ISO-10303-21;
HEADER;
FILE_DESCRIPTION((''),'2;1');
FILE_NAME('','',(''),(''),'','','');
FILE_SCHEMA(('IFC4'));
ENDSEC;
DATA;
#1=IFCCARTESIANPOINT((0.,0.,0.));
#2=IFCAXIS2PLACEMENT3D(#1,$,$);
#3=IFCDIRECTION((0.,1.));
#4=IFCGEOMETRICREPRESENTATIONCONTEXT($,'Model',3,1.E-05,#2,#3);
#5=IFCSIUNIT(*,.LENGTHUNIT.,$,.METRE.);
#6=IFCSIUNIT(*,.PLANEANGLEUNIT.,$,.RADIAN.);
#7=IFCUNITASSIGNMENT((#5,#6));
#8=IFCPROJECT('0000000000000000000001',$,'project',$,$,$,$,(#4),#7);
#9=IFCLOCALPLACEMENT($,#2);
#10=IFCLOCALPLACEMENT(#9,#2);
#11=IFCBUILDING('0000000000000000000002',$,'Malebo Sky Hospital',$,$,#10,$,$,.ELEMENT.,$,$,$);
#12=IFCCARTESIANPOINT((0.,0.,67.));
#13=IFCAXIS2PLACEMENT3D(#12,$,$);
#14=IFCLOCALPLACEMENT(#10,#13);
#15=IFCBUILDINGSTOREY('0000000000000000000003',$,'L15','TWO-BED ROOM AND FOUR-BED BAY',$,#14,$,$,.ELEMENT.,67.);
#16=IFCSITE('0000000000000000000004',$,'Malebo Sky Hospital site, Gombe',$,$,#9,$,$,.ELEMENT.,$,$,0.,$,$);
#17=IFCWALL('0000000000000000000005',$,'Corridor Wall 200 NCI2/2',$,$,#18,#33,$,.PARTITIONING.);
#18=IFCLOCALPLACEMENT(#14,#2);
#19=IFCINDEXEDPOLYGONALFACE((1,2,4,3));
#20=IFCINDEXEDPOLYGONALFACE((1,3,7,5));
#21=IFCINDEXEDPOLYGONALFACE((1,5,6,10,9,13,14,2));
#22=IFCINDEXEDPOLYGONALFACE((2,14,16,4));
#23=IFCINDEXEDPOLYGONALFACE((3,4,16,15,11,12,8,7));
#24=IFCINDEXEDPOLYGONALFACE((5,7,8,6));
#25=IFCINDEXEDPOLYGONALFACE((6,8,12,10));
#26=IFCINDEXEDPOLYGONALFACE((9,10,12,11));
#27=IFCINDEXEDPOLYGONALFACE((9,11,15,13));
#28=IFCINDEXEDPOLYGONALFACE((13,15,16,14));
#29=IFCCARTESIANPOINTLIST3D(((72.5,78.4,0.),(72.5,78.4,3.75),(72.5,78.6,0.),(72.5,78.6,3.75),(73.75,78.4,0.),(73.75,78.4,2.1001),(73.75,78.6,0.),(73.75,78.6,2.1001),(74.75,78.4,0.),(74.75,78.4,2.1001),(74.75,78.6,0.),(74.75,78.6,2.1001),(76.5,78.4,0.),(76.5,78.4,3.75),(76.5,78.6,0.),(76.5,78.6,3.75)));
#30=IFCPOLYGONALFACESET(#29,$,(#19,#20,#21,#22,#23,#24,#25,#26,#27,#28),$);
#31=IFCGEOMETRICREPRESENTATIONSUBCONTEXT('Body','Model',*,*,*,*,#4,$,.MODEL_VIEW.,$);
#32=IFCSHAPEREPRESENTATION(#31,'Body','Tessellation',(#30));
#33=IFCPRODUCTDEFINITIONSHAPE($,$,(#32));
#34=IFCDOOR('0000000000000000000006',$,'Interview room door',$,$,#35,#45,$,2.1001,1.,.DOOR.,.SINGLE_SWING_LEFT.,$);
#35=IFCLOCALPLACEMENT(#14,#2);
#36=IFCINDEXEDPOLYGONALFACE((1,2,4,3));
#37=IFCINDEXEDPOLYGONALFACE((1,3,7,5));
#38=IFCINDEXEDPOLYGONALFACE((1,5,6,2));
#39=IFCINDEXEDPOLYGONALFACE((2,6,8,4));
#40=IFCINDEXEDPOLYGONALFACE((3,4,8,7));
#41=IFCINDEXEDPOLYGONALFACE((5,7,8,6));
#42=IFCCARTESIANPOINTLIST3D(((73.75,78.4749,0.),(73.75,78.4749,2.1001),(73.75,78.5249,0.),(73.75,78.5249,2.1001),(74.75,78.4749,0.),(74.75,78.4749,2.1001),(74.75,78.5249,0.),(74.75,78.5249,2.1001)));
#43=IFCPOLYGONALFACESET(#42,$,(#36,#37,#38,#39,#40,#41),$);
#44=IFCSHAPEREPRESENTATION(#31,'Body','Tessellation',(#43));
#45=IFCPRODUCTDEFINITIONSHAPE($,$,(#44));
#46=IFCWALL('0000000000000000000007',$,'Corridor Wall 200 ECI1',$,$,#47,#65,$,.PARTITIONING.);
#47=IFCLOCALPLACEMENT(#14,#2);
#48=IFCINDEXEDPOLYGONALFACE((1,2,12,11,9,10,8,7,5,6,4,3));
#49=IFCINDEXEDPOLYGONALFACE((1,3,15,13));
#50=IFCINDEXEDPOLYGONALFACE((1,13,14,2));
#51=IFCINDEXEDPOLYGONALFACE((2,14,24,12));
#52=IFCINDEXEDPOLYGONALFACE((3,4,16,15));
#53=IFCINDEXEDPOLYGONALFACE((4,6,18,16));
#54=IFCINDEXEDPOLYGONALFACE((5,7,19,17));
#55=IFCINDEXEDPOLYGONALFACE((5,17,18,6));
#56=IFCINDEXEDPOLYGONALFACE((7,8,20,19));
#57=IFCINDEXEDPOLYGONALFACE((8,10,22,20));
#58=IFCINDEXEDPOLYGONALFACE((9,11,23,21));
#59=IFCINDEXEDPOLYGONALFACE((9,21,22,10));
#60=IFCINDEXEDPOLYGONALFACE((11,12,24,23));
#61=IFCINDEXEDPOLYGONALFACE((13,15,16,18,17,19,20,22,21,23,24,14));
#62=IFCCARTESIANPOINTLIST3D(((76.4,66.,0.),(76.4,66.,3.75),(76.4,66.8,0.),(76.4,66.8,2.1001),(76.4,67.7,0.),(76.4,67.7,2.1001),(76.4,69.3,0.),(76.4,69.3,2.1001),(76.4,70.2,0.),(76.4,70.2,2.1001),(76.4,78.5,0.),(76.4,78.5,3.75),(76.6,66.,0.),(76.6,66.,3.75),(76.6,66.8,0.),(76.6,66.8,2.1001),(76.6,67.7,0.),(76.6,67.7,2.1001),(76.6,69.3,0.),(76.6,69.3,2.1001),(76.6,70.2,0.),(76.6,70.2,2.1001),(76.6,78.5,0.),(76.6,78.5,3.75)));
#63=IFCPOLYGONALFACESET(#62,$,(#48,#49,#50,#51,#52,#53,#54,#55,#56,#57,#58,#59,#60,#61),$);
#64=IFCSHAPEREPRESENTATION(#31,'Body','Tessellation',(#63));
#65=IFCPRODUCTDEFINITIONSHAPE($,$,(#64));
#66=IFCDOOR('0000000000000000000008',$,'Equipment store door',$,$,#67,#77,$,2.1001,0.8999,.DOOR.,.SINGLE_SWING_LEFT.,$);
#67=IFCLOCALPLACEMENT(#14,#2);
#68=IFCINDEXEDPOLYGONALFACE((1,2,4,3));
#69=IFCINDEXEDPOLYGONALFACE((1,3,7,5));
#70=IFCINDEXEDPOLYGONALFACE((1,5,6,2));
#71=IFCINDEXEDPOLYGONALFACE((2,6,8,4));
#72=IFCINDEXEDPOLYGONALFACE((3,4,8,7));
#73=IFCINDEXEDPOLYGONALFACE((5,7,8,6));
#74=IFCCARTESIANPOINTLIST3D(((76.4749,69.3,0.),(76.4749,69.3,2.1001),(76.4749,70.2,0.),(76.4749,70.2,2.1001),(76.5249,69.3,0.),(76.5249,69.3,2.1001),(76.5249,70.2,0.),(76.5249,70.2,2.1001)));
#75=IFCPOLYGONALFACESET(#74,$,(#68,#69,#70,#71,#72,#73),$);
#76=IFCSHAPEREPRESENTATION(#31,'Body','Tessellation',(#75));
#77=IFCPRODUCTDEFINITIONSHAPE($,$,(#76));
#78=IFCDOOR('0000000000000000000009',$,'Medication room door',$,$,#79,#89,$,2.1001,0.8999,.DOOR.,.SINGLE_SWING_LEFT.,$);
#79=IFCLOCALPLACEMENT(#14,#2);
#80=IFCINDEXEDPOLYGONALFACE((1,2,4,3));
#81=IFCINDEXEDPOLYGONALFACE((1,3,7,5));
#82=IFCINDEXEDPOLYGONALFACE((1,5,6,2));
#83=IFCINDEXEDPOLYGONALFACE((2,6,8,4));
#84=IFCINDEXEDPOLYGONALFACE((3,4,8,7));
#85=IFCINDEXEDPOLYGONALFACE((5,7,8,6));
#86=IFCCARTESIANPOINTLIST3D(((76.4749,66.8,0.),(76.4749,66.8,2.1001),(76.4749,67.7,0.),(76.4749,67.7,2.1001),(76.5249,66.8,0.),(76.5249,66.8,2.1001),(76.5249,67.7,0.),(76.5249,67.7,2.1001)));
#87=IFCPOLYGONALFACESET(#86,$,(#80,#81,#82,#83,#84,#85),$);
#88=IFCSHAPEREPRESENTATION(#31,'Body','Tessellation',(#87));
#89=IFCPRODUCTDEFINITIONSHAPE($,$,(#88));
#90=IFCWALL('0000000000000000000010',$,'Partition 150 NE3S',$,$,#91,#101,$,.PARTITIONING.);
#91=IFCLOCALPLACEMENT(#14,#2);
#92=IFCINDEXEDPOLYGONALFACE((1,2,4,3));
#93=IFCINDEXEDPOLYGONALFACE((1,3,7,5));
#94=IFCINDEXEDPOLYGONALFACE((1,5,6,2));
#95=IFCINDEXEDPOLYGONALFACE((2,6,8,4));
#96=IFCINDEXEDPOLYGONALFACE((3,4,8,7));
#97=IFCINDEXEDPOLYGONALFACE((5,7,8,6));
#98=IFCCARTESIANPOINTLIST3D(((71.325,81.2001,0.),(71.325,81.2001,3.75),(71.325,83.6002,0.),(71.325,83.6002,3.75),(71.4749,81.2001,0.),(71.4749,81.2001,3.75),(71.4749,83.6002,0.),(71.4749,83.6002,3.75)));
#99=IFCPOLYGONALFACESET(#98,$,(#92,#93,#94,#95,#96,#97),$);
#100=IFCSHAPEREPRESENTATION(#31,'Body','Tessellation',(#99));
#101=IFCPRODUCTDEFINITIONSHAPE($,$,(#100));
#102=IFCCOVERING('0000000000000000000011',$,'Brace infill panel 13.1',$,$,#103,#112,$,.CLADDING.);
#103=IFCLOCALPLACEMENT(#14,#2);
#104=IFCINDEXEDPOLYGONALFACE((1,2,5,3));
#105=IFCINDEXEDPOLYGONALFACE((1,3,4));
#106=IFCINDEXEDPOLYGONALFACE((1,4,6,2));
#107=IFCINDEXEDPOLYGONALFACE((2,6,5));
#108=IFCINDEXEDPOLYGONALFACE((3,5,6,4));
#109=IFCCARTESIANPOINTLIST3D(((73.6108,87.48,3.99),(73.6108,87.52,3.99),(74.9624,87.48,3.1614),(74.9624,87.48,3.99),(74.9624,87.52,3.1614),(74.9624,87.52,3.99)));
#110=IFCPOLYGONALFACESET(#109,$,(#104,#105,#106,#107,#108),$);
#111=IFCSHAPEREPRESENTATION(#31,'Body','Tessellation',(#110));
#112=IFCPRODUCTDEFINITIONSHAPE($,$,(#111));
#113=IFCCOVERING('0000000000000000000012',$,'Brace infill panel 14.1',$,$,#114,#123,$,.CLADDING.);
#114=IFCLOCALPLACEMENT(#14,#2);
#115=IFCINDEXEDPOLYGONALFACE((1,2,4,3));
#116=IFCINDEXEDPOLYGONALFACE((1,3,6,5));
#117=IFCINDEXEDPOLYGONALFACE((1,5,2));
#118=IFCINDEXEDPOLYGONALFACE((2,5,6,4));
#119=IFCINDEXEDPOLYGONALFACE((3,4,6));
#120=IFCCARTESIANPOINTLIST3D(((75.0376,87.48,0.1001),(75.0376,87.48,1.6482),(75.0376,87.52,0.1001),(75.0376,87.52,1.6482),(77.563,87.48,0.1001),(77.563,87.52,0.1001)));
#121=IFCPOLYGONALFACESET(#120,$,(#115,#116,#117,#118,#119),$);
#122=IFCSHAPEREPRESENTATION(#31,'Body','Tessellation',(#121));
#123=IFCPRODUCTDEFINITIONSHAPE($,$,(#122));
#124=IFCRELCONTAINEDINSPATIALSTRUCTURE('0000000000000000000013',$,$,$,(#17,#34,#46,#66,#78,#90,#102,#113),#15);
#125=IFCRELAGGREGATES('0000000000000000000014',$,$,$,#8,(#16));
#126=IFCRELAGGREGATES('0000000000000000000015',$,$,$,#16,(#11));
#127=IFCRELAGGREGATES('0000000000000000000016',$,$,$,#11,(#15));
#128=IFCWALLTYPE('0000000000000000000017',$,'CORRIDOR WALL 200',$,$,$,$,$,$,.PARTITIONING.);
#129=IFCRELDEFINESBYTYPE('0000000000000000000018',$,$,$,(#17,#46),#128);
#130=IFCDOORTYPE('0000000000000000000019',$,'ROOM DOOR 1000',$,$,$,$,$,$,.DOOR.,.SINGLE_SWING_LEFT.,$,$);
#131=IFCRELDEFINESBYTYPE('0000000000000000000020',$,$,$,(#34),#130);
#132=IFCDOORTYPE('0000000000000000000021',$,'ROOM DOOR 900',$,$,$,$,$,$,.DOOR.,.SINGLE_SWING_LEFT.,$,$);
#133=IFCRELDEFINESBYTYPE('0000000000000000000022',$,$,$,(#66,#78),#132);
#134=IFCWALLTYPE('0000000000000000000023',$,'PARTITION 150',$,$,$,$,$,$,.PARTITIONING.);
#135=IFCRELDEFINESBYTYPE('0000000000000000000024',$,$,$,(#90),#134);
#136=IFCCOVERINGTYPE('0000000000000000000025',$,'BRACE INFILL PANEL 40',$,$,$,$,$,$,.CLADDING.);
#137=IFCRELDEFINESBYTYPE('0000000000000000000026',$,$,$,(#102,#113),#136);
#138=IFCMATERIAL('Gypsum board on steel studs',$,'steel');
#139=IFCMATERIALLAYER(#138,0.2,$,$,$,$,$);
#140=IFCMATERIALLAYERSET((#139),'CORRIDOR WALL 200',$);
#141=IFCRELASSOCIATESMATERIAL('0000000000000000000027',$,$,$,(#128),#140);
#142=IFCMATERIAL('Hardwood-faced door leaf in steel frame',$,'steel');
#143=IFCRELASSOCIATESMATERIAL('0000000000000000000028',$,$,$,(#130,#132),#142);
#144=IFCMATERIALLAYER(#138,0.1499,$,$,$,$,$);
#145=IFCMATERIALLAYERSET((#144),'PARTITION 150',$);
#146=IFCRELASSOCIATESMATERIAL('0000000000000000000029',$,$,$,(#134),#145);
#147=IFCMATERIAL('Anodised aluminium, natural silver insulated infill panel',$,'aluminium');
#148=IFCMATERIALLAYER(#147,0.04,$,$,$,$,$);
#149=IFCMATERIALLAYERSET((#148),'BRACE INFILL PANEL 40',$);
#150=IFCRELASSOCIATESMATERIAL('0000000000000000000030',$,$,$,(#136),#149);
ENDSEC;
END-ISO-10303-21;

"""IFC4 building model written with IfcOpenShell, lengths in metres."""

from ifc_helpers import new_model, si_unit, direction, frame, frame_2d, origin, place, context, subcontext, project, spatial, polyline, rectangle, outline, extrude, material, layer, layer_set, type_object, element, fill, save


model = new_model("IFC4")

# Units and contexts
model_context = context("Model", 3, precision=1e-05, world=origin(), true_north=direction((0.0, 1.0)))
body_context = subcontext(model_context, "Body", "Model", "MODEL_VIEW")
ifc_project = project(units=[si_unit("LENGTHUNIT", "METRE"), si_unit("PLANEANGLEUNIT", "RADIAN")], contexts=[model_context])

# Site, building, storey
site_placement = place(None, origin())
site = spatial("IfcSite", under=ifc_project, at=site_placement, Name="Malebo Sky Hospital site, Gombe", CompositionType="ELEMENT", RefElevation=0.0)
building_placement = place(site_placement, origin())
building = spatial("IfcBuilding", under=site, at=building_placement, Name="Malebo Sky Hospital", CompositionType="ELEMENT")
storey_placement = place(building_placement, frame((0.0, 0.0, 67.0)))
storey = spatial("IfcBuildingStorey", under=building, at=storey_placement, Name="L15", Description="TWO-BED ROOM AND FOUR-BED BAY", CompositionType="ELEMENT", Elevation=67.0)

# Wall, opening, door
ifc_material_1 = material(Name="Gypsum board on steel studs", Category="steel")
ifc_layer_1 = layer(ifc_material_1, 0.2)
ifc_layer_set_1 = layer_set([ifc_layer_1], Name="CORRIDOR WALL 200")
wall_type_1 = type_object("IfcWallType", Name="CORRIDOR WALL 200", PredefinedType="PARTITIONING", material=ifc_layer_set_1)
wall_1_placement = place(storey_placement, frame((72.5, 78.5, 0.0), z_axis=(0.0, 0.0, 1.0), x_axis=(1.0, 0.0, 0.0)))
wall_1 = element("IfcWall", 1, at=wall_1_placement, inside=storey, type_object=wall_type_1, Name="Corridor Wall 200 NCI2/2", PredefinedType="PARTITIONING", context=body_context, shape_type="SweptSolid", body=[
    extrude(rectangle(XDim=4.0, YDim=0.2, at=frame_2d((2.0, 0.0))), origin(), (0.0, 0.0, 1.0), 3.75),
])
opening_1_placement = place(wall_1_placement, frame((1.25, 0.0, 0.0)))
opening_1 = element("IfcOpeningElement", 2, at=opening_1_placement, cuts=wall_1, PredefinedType="OPENING", context=body_context, shape_type="SweptSolid", body=[
    extrude(rectangle(XDim=1.0, YDim=2.1001, at=frame_2d((0.5, 1.05))), frame((0.0, 0.1099, 0.0), z_axis=(0.0, -1.0, 0.0), x_axis=(1.0, 0.0, 0.0)), (0.0, 0.0, 1.0), 0.22),
])
ifc_material_2 = material(Name="Hardwood-faced door leaf in steel frame", Category="steel")
door_type_1 = type_object("IfcDoorType", Name="ROOM DOOR 1000", OperationType="SINGLE_SWING_LEFT", PredefinedType="DOOR", material=ifc_material_2)
door_1_placement = place(opening_1_placement, origin())
door_1 = element("IfcDoor", 3, at=door_1_placement, inside=storey, type_object=door_type_1, Name="Interview room door", OperationType="SINGLE_SWING_LEFT", OverallHeight=2.1001, OverallWidth=1.0, PredefinedType="DOOR", context=body_context, shape_type="SweptSolid", body=[
    extrude(rectangle(XDim=1.0, YDim=2.1001, at=frame_2d((0.5, 1.05))), frame((0.0, 0.0249, 0.0), z_axis=(0.0, -1.0, 0.0), x_axis=(1.0, 0.0, 0.0)), (0.0, 0.0, 1.0), 0.05),
])
fill(opening_1, door_1)

# Wall, openings, doors
wall_2_placement = place(storey_placement, frame((76.5, 78.5, 0.0), z_axis=(0.0, 0.0, 1.0), x_axis=(0.0, -1.0, 0.0)))
wall_2 = element("IfcWall", 4, at=wall_2_placement, inside=storey, type_object=wall_type_1, Name="Corridor Wall 200 ECI1", PredefinedType="PARTITIONING", context=body_context, shape_type="SweptSolid", body=[
    extrude(rectangle(XDim=12.5, YDim=0.2, at=frame_2d((6.25, 0.0))), origin(), (0.0, 0.0, 1.0), 3.75),
])
opening_2_placement = place(wall_2_placement, frame((8.3, 0.0, 0.0)))
opening_2 = element("IfcOpeningElement", 5, at=opening_2_placement, cuts=wall_2, PredefinedType="OPENING", context=body_context, shape_type="SweptSolid", body=[
    extrude(rectangle(XDim=0.8999, YDim=2.1001, at=frame_2d((0.45, 1.05))), frame((0.0, 0.1099, 0.0), z_axis=(0.0, -1.0, 0.0), x_axis=(1.0, 0.0, 0.0)), (0.0, 0.0, 1.0), 0.22),
])
opening_3_placement = place(wall_2_placement, frame((10.8, 0.0, 0.0)))
opening_3 = element("IfcOpeningElement", 6, at=opening_3_placement, cuts=wall_2, PredefinedType="OPENING", context=body_context, shape_type="SweptSolid", body=[
    extrude(rectangle(XDim=0.8999, YDim=2.1001, at=frame_2d((0.45, 1.05))), frame((0.0, 0.1099, 0.0), z_axis=(0.0, -1.0, 0.0), x_axis=(1.0, 0.0, 0.0)), (0.0, 0.0, 1.0), 0.22),
])
door_type_2 = type_object("IfcDoorType", Name="ROOM DOOR 900", OperationType="SINGLE_SWING_LEFT", PredefinedType="DOOR", material=ifc_material_2)
door_2_placement = place(opening_2_placement, origin())
door_2 = element("IfcDoor", 7, at=door_2_placement, inside=storey, type_object=door_type_2, Name="Equipment store door", OperationType="SINGLE_SWING_LEFT", OverallHeight=2.1001, OverallWidth=0.8999, PredefinedType="DOOR", context=body_context, shape_type="SweptSolid", body=[
    extrude(rectangle(XDim=0.8999, YDim=2.1001, at=frame_2d((0.45, 1.05))), frame((0.0, 0.0249, 0.0), z_axis=(0.0, -1.0, 0.0), x_axis=(1.0, 0.0, 0.0)), (0.0, 0.0, 1.0), 0.05),
])
fill(opening_2, door_2)
door_3_placement = place(opening_3_placement, origin())
door_3 = element("IfcDoor", 8, at=door_3_placement, inside=storey, type_object=door_type_2, Name="Medication room door", OperationType="SINGLE_SWING_LEFT", OverallHeight=2.1001, OverallWidth=0.8999, PredefinedType="DOOR", context=body_context, shape_type="SweptSolid", body=[
    extrude(rectangle(XDim=0.8999, YDim=2.1001, at=frame_2d((0.45, 1.05))), frame((0.0, 0.0249, 0.0), z_axis=(0.0, -1.0, 0.0), x_axis=(1.0, 0.0, 0.0)), (0.0, 0.0, 1.0), 0.05),
])
fill(opening_3, door_3)

# Wall
ifc_layer_2 = layer(ifc_material_1, 0.1499)
ifc_layer_set_2 = layer_set([ifc_layer_2], Name="PARTITION 150")
wall_type_2 = type_object("IfcWallType", Name="PARTITION 150", PredefinedType="PARTITIONING", material=ifc_layer_set_2)
wall_3_placement = place(storey_placement, frame((71.3999, 81.2, 0.0), z_axis=(0.0, 0.0, 1.0), x_axis=(0.0, 1.0, 0.0)))
element("IfcWall", 9, at=wall_3_placement, inside=storey, type_object=wall_type_2, Name="Partition 150 NE3S", PredefinedType="PARTITIONING", context=body_context, shape_type="SweptSolid", body=[
    extrude(rectangle(XDim=2.4001, YDim=0.1499, at=frame_2d((1.2002, 0.0))), origin(), (0.0, 0.0, 1.0), 3.75),
])

# Coverings
ifc_material_3 = material(Name="Anodised aluminium, natural silver insulated infill panel", Category="aluminium")
ifc_layer_3 = layer(ifc_material_3, 0.04)
ifc_layer_set_3 = layer_set([ifc_layer_3], Name="BRACE INFILL PANEL 40")
covering_type = type_object("IfcCoveringType", Name="BRACE INFILL PANEL 40", PredefinedType="CLADDING", material=ifc_layer_set_3)
covering_1_placement = place(storey_placement, frame((74.2866, 87.5, 3.1614), z_axis=(0.0, 0.0, 1.0), x_axis=(1.0, 0.0, 0.0)))
element("IfcCovering", 10, at=covering_1_placement, inside=storey, type_object=covering_type, Name="Brace infill panel 13.1", PredefinedType="CLADDING", context=body_context, shape_type="SweptSolid", body=[
    extrude(outline(polyline([(0.6758, 0.0), (0.6758, 0.8286), (-0.6758, 0.8286), (0.6758, 0.0)])), frame((0.0, 0.02, 0.0), z_axis=(0.0, -1.0, 0.0), x_axis=(1.0, 0.0, 0.0)), (0.0, 0.0, 1.0), 0.04),
])
covering_2_placement = place(storey_placement, frame((76.3003, 87.5, 0.1001), z_axis=(0.0, 0.0, 1.0), x_axis=(1.0, 0.0, 0.0)))
element("IfcCovering", 11, at=covering_2_placement, inside=storey, type_object=covering_type, Name="Brace infill panel 14.1", PredefinedType="CLADDING", context=body_context, shape_type="SweptSolid", body=[
    extrude(outline(polyline([(-1.2627, 0.0), (1.2627, 0.0), (-1.2627, 1.5481), (-1.2627, 0.0)])), frame((0.0, 0.02, 0.0), z_axis=(0.0, -1.0, 0.0), x_axis=(1.0, 0.0, 0.0)), (0.0, 0.0, 1.0), 0.04),
])

save(model, "model.ifc")
